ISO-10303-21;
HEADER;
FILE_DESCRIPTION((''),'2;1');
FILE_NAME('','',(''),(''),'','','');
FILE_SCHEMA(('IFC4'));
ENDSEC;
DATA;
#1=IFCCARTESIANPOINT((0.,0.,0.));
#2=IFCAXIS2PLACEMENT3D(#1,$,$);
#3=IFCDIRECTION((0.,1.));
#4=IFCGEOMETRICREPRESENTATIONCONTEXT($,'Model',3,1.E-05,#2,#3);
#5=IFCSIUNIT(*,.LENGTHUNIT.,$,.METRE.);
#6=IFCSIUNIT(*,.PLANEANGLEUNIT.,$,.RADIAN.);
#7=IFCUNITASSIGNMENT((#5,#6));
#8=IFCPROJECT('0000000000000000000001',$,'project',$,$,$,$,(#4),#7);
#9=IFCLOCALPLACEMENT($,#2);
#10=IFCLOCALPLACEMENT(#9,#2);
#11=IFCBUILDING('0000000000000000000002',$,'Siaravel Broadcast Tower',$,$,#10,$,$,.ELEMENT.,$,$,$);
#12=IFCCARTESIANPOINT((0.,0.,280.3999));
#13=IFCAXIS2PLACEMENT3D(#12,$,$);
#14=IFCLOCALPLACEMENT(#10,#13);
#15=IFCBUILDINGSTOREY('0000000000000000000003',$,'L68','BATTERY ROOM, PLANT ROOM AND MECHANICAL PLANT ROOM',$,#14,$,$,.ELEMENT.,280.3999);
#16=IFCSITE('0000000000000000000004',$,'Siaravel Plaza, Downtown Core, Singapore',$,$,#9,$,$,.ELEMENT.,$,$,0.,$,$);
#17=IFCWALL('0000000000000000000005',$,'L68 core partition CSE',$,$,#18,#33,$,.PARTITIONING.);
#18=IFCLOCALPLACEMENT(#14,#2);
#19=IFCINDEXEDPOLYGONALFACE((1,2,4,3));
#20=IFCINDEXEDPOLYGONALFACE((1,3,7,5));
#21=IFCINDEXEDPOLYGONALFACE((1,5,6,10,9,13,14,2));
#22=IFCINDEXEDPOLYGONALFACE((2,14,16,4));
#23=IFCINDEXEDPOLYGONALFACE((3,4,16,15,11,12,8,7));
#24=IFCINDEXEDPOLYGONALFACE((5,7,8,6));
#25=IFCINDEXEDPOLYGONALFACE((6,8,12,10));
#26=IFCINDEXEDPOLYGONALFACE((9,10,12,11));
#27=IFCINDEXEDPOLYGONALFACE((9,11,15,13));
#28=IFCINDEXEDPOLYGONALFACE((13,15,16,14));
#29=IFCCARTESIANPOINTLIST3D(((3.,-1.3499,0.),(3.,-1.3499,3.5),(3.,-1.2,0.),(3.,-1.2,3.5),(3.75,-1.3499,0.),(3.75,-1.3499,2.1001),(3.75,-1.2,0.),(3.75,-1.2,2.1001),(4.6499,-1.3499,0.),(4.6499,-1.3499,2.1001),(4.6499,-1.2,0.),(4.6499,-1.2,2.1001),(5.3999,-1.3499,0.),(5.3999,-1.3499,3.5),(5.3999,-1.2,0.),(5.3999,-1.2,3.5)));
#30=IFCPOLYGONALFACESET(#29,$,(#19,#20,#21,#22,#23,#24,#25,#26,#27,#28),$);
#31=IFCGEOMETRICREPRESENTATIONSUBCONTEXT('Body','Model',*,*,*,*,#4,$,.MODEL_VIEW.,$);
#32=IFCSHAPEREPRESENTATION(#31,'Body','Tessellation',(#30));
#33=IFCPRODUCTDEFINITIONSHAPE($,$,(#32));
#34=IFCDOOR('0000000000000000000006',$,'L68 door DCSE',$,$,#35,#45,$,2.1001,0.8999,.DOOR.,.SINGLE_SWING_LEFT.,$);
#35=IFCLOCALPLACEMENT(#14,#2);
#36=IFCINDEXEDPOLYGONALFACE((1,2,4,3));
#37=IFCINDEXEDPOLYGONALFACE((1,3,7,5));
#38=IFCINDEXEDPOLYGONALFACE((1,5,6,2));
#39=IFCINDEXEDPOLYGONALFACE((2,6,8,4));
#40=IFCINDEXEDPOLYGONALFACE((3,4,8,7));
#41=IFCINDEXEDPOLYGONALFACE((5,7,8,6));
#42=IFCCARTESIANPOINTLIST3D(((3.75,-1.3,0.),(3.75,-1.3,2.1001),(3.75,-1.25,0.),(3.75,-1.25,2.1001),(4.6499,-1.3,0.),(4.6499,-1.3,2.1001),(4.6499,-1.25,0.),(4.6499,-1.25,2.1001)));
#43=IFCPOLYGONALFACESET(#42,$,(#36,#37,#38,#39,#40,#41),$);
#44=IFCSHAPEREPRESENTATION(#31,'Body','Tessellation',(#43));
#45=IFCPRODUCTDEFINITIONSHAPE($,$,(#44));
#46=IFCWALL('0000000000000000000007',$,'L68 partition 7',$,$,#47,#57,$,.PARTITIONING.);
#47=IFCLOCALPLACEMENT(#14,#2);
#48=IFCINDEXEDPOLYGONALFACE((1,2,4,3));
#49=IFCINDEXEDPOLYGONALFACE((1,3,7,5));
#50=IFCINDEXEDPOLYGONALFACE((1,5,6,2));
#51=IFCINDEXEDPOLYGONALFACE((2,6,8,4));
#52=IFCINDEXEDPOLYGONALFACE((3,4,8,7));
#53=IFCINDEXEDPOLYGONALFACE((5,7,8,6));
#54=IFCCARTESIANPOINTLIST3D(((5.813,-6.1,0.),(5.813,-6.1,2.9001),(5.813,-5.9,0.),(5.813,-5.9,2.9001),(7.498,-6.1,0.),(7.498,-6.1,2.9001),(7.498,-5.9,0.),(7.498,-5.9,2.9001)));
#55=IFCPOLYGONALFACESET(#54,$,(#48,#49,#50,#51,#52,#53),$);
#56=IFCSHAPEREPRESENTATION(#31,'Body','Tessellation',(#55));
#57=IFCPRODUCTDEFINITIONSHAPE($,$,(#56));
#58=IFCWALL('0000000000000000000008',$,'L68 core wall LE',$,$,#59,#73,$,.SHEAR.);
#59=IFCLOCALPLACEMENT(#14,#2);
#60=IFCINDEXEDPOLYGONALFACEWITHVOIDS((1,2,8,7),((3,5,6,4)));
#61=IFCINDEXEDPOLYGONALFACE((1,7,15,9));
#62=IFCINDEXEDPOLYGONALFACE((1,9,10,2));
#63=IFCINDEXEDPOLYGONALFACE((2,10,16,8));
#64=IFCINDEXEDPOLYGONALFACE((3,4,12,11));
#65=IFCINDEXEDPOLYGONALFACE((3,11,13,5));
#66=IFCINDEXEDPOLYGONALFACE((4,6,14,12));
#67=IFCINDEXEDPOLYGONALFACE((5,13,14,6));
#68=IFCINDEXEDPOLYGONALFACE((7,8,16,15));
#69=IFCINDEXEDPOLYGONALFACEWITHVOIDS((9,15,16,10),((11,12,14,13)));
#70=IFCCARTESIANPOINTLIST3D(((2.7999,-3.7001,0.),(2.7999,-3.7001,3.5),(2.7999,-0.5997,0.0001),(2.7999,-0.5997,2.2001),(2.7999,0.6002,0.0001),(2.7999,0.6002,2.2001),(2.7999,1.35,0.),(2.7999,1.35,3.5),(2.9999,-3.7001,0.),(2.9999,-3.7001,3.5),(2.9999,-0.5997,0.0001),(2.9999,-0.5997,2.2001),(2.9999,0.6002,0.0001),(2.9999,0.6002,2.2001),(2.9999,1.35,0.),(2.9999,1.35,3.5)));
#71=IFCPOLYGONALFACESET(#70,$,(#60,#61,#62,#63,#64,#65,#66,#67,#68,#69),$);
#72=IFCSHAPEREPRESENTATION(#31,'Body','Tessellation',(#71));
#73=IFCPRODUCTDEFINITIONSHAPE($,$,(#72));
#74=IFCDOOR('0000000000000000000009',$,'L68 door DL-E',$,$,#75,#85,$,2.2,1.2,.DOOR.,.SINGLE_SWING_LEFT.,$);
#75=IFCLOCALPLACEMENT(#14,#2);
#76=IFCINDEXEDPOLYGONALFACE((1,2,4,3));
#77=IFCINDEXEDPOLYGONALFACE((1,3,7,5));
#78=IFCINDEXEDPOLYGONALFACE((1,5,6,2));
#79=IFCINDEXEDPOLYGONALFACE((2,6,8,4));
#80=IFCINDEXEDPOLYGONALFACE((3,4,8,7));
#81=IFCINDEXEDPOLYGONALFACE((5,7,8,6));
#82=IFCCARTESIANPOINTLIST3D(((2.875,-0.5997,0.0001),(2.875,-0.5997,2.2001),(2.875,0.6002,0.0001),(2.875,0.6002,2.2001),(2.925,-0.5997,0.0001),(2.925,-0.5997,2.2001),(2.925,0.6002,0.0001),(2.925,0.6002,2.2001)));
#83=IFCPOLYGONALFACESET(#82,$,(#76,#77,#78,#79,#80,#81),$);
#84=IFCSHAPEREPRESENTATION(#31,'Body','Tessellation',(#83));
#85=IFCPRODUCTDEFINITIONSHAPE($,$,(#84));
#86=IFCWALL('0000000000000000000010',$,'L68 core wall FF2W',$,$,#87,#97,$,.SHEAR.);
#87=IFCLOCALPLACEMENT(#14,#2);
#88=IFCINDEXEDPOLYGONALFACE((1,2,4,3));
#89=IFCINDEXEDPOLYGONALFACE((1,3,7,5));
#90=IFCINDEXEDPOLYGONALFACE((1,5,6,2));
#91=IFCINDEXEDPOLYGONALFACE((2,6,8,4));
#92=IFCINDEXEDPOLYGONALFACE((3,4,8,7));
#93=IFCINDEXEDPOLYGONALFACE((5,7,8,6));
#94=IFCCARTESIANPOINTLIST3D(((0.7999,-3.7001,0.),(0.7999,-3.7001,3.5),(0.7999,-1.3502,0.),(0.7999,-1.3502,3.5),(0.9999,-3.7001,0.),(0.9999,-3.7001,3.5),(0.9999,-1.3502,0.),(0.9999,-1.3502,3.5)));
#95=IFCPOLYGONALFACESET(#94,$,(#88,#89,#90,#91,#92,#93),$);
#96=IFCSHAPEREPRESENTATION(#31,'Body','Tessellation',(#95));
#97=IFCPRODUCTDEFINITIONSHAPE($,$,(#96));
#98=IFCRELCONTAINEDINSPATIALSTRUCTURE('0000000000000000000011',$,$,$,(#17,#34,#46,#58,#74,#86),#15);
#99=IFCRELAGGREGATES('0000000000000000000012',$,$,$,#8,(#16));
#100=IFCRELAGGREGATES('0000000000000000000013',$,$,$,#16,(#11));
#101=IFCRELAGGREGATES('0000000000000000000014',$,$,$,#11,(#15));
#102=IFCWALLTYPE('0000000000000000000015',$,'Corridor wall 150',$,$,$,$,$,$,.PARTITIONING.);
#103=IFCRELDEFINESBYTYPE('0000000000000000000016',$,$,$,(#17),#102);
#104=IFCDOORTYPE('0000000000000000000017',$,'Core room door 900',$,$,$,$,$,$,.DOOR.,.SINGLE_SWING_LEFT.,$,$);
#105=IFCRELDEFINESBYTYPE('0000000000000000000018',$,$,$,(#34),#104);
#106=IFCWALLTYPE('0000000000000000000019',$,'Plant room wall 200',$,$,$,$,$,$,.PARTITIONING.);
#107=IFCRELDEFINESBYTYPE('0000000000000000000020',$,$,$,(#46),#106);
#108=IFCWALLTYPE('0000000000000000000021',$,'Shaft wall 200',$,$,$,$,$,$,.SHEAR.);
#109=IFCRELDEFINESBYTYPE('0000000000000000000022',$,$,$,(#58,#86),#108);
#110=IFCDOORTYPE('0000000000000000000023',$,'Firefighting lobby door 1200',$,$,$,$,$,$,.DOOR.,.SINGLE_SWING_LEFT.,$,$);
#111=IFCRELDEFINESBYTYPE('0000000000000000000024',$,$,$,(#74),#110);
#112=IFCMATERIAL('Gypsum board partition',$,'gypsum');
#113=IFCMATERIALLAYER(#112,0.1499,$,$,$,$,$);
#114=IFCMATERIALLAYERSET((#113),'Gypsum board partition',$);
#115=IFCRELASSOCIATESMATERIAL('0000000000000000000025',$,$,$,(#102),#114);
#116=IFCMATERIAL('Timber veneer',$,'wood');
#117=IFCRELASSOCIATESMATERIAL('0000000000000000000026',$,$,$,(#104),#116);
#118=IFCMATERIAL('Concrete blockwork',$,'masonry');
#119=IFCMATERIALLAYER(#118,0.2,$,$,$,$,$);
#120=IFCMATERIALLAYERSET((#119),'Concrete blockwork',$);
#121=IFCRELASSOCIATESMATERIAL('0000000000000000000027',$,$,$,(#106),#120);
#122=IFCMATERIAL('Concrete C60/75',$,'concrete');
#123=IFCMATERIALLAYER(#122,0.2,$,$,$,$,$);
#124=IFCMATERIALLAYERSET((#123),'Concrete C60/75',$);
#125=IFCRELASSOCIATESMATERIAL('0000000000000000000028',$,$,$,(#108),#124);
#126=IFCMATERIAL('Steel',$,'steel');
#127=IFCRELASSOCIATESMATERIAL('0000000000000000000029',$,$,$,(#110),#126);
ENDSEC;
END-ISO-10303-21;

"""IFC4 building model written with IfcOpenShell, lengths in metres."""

from ifc_helpers import new_model, si_unit, direction, frame, frame_2d, origin, place, context, subcontext, project, spatial, rectangle, extrude, material, layer, layer_set, type_object, element, fill, save


model = new_model("IFC4")

# Units and contexts
model_context = context("Model", 3, precision=1e-05, world=origin(), true_north=direction((0.0, 1.0)))
body_context = subcontext(model_context, "Body", "Model", "MODEL_VIEW")
ifc_project = project(units=[si_unit("LENGTHUNIT", "METRE"), si_unit("PLANEANGLEUNIT", "RADIAN")], contexts=[model_context])

# Site, building, storey
site_placement = place(None, origin())
site = spatial("IfcSite", under=ifc_project, at=site_placement, Name="Siaravel Plaza, Downtown Core, Singapore", CompositionType="ELEMENT", RefElevation=0.0)
building_placement = place(site_placement, origin())
building = spatial("IfcBuilding", under=site, at=building_placement, Name="Siaravel Broadcast Tower", CompositionType="ELEMENT")
storey_placement = place(building_placement, frame((0.0, 0.0, 280.3999)))
storey = spatial("IfcBuildingStorey", under=building, at=storey_placement, Name="L68", Description="BATTERY ROOM, PLANT ROOM AND MECHANICAL PLANT ROOM", CompositionType="ELEMENT", Elevation=280.3999)

# Wall, opening, door
ifc_material_1 = material(Name="Concrete C60/75", Category="concrete")
ifc_material_2 = material(Name="Steel", Category="steel")
ifc_material_3 = material(Name="Gypsum board partition", Category="gypsum")
ifc_layer_1 = layer(ifc_material_3, 0.1499)
ifc_layer_set_1 = layer_set([ifc_layer_1], Name="Gypsum board partition")
wall_type_1 = type_object("IfcWallType", Name="Corridor wall 150", PredefinedType="PARTITIONING", material=ifc_layer_set_1)
wall_1_placement = place(storey_placement, frame((3.0, -1.2749, 0.0), z_axis=(0.0, 0.0, 1.0), x_axis=(1.0, 0.0, 0.0)))
wall_1 = element("IfcWall", 1, at=wall_1_placement, inside=storey, type_object=wall_type_1, Name="L68 core partition CSE", PredefinedType="PARTITIONING", context=body_context, shape_type="SweptSolid", body=[
    extrude(rectangle(XDim=2.3999, YDim=0.1499, at=frame_2d((1.2, 0.0))), origin(), (0.0, 0.0, 1.0), 3.5),
])
opening_1_placement = place(wall_1_placement, frame((0.75, 0.0, 0.0)))
opening_1 = element("IfcOpeningElement", 2, at=opening_1_placement, cuts=wall_1, PredefinedType="OPENING", context=body_context, shape_type="SweptSolid", body=[
    extrude(rectangle(XDim=0.8999, YDim=2.1001, at=frame_2d((0.45, 1.05))), frame((0.0, 0.085, 0.0), z_axis=(0.0, -1.0, 0.0), x_axis=(1.0, 0.0, 0.0)), (0.0, 0.0, 1.0), 0.1699),
])
ifc_material_4 = material(Name="Timber veneer", Category="wood")
door_type_1 = type_object("IfcDoorType", Name="Core room door 900", OperationType="SINGLE_SWING_LEFT", PredefinedType="DOOR", material=ifc_material_4)
door_1_placement = place(opening_1_placement, origin())
door_1 = element("IfcDoor", 3, at=door_1_placement, inside=storey, type_object=door_type_1, Name="L68 door DCSE", OperationType="SINGLE_SWING_LEFT", OverallHeight=2.1001, OverallWidth=0.8999, PredefinedType="DOOR", context=body_context, shape_type="SweptSolid", body=[
    extrude(rectangle(XDim=0.8999, YDim=2.1001, at=frame_2d((0.45, 1.05))), frame((0.0, 0.0249, 0.0), z_axis=(0.0, -1.0, 0.0), x_axis=(1.0, 0.0, 0.0)), (0.0, 0.0, 1.0), 0.05),
])
fill(opening_1, door_1)

# Wall
ifc_material_5 = material(Name="Concrete blockwork", Category="masonry")
ifc_layer_2 = layer(ifc_material_5, 0.2)
ifc_layer_set_2 = layer_set([ifc_layer_2], Name="Concrete blockwork")
wall_type_2 = type_object("IfcWallType", Name="Plant room wall 200", PredefinedType="PARTITIONING", material=ifc_layer_set_2)
wall_2_placement = place(storey_placement, frame((5.813, -6.0, 0.0), z_axis=(0.0, 0.0, 1.0), x_axis=(1.0, 0.0, 0.0)))
element("IfcWall", 4, at=wall_2_placement, inside=storey, type_object=wall_type_2, Name="L68 partition 7", PredefinedType="PARTITIONING", context=body_context, shape_type="SweptSolid", body=[
    extrude(rectangle(XDim=1.6851, YDim=0.2, at=frame_2d((0.8425, 0.0))), origin(), (0.0, 0.0, 1.0), 2.9001),
])

# Wall, opening, door
ifc_layer_3 = layer(ifc_material_1, 0.2)
ifc_layer_set_3 = layer_set([ifc_layer_3], Name="Concrete C60/75")
wall_type_3 = type_object("IfcWallType", Name="Shaft wall 200", PredefinedType="SHEAR", material=ifc_layer_set_3)
wall_3_placement = place(storey_placement, frame((2.8999, -3.7, 0.0), z_axis=(0.0, 0.0, 1.0), x_axis=(0.0, 1.0, 0.0)))
wall_3 = element("IfcWall", 5, at=wall_3_placement, inside=storey, type_object=wall_type_3, Name="L68 core wall LE", PredefinedType="SHEAR", context=body_context, shape_type="SweptSolid", body=[
    extrude(rectangle(XDim=5.05, YDim=0.2, at=frame_2d((2.5249, 0.0))), origin(), (0.0, 0.0, 1.0), 3.5),
])
opening_2_placement = place(wall_3_placement, frame((3.1001, 0.0, 0.0)))
opening_2 = element("IfcOpeningElement", 6, at=opening_2_placement, cuts=wall_3, PredefinedType="OPENING", context=body_context, shape_type="SweptSolid", body=[
    extrude(rectangle(XDim=1.2, YDim=2.2, at=frame_2d((0.6001, 1.1001))), frame((0.0, 0.1099, 0.0), z_axis=(0.0, -1.0, 0.0), x_axis=(1.0, 0.0, 0.0)), (0.0, 0.0, 1.0), 0.22),
])
door_type_2 = type_object("IfcDoorType", Name="Firefighting lobby door 1200", OperationType="SINGLE_SWING_LEFT", PredefinedType="DOOR", material=ifc_material_2)
door_2_placement = place(opening_2_placement, origin())
door_2 = element("IfcDoor", 7, at=door_2_placement, inside=storey, type_object=door_type_2, Name="L68 door DL-E", OperationType="SINGLE_SWING_LEFT", OverallHeight=2.2, OverallWidth=1.2, PredefinedType="DOOR", context=body_context, shape_type="SweptSolid", body=[
    extrude(rectangle(XDim=1.2, YDim=2.2, at=frame_2d((0.6001, 1.1001))), frame((0.0, 0.0249, 0.0), z_axis=(0.0, -1.0, 0.0), x_axis=(1.0, 0.0, 0.0)), (0.0, 0.0, 1.0), 0.05),
])
fill(opening_2, door_2)

# Wall
wall_4_placement = place(storey_placement, frame((0.8999, -3.7, 0.0), z_axis=(0.0, 0.0, 1.0), x_axis=(0.0, 1.0, 0.0)))
element("IfcWall", 8, at=wall_4_placement, inside=storey, type_object=wall_type_3, Name="L68 core wall FF2W", PredefinedType="SHEAR", context=body_context, shape_type="SweptSolid", body=[
    extrude(rectangle(XDim=2.3499, YDim=0.2, at=frame_2d((1.1748, 0.0))), origin(), (0.0, 0.0, 1.0), 3.5),
])

save(model, "model.ifc")
